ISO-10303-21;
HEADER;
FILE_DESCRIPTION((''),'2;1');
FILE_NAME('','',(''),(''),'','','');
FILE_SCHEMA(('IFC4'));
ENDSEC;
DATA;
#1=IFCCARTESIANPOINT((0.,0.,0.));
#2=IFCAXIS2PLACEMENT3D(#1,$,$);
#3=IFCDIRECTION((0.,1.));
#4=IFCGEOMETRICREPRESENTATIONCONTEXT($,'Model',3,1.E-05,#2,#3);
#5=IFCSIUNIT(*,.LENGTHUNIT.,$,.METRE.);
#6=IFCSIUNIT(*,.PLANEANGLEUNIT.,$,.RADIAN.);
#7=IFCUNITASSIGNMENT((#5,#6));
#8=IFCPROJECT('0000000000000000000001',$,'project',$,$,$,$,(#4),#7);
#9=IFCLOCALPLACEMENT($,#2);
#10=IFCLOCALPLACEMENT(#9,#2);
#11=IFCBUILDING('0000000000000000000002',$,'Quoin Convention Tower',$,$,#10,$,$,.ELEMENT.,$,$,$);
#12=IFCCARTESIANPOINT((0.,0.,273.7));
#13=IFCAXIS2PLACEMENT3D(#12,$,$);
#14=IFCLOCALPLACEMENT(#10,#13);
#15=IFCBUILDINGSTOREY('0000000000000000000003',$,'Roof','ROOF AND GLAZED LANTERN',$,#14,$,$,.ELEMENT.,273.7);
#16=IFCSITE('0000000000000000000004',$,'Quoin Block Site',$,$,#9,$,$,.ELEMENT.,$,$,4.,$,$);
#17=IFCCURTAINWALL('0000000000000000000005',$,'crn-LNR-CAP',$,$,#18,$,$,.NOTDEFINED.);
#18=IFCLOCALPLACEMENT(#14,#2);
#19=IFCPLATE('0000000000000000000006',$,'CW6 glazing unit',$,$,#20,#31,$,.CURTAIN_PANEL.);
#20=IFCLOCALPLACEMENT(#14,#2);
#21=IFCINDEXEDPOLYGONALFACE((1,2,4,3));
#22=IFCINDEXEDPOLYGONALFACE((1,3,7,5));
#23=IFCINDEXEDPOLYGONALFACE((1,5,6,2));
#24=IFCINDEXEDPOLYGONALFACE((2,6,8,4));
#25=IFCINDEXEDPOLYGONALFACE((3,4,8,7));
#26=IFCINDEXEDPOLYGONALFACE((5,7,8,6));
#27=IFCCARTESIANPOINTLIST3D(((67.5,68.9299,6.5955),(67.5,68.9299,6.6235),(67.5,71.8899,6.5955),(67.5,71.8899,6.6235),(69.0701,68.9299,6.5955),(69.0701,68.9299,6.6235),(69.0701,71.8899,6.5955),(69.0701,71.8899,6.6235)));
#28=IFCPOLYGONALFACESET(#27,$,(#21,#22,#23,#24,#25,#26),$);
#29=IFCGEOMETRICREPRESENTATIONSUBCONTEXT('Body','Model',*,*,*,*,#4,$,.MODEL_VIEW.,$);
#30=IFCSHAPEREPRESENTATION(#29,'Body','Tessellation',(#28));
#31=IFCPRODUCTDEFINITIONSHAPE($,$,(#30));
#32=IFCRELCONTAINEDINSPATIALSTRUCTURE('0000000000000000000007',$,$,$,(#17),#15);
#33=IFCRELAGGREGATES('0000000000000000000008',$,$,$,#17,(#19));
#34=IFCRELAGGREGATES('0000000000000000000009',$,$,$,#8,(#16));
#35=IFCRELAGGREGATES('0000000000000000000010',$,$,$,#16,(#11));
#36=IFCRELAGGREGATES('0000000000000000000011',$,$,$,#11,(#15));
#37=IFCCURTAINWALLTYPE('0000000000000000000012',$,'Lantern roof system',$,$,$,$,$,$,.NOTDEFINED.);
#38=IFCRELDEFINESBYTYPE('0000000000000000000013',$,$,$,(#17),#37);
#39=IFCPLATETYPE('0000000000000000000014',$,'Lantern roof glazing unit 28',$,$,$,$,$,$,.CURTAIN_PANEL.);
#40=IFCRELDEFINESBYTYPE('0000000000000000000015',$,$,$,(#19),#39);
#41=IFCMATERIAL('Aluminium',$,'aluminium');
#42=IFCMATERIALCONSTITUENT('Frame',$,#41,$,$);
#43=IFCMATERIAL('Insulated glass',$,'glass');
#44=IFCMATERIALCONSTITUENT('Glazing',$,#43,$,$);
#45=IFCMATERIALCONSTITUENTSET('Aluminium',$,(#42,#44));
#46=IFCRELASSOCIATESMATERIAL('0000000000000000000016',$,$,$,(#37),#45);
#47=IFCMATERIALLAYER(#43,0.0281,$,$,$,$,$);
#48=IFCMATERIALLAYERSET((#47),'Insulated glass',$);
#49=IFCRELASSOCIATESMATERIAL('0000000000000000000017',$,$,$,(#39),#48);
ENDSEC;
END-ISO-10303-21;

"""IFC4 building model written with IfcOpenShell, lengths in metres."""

from ifc_helpers import new_model, si_unit, direction, frame, origin, place, context, subcontext, project, spatial, polyline, outline, extrude, material, layer, layer_set, constituent, constituent_set, type_object, element, aggregate, save


model = new_model("IFC4")

# Units and contexts
model_context = context("Model", 3, precision=1e-05, world=origin(), true_north=direction((0.0, 1.0)))
body_context = subcontext(model_context, "Body", "Model", "MODEL_VIEW")
ifc_project = project(units=[si_unit("LENGTHUNIT", "METRE"), si_unit("PLANEANGLEUNIT", "RADIAN")], contexts=[model_context])

# Site, building, storey
site_placement = place(None, origin())
site = spatial("IfcSite", under=ifc_project, at=site_placement, Name="Quoin Block Site", CompositionType="ELEMENT", RefElevation=4.0)
building_placement = place(site_placement, origin())
building = spatial("IfcBuilding", under=site, at=building_placement, Name="Quoin Convention Tower", CompositionType="ELEMENT")
storey_placement = place(building_placement, frame((0.0, 0.0, 273.7)))
storey = spatial("IfcBuildingStorey", under=building, at=storey_placement, Name="Roof", Description="ROOF AND GLAZED LANTERN", CompositionType="ELEMENT", Elevation=273.7)

# Curtain wall, plate
ifc_material_1 = material(Name="Aluminium", Category="aluminium")
ifc_constituent_1 = constituent(ifc_material_1, Name="Frame")
ifc_material_2 = material(Name="Insulated glass", Category="glass")
ifc_constituent_2 = constituent(ifc_material_2, Name="Glazing")
ifc_constituent_set = constituent_set(constituents=[ifc_constituent_1, ifc_constituent_2], Name="Aluminium")
curtain_wall_type = type_object("IfcCurtainWallType", Name="Lantern roof system", PredefinedType="NOTDEFINED", material=ifc_constituent_set)
curtain_wall_placement = place(storey_placement, origin())
curtain_wall = element("IfcCurtainWall", 1, at=curtain_wall_placement, inside=storey, type_object=curtain_wall_type, Name="crn-LNR-CAP", PredefinedType="NOTDEFINED")
ifc_layer = layer(ifc_material_2, 0.0281)
ifc_layer_set = layer_set([ifc_layer], Name="Insulated glass")
plate_type = type_object("IfcPlateType", Name="Lantern roof glazing unit 28", PredefinedType="CURTAIN_PANEL", material=ifc_layer_set)
plate_1_placement = place(storey_placement, frame((67.5, 68.9299, 6.6235), z_axis=(0.0, 0.0, 1.0), x_axis=(0.0, 1.0, 0.0)))
plate_1 = element("IfcPlate", 2, at=plate_1_placement, type_object=plate_type, Name="CW6 glazing unit", PredefinedType="CURTAIN_PANEL", context=body_context, shape_type="SweptSolid", body=[
    extrude(outline(polyline([(0.0, 0.0), (2.96, 0.0), (2.96, -1.5701), (0.0, -1.5701), (0.0, 0.0)])), origin(), (0.0, 0.0, -1.0), 0.0281),
])
aggregate(curtain_wall, [plate_1])

save(model, "model.ifc")
